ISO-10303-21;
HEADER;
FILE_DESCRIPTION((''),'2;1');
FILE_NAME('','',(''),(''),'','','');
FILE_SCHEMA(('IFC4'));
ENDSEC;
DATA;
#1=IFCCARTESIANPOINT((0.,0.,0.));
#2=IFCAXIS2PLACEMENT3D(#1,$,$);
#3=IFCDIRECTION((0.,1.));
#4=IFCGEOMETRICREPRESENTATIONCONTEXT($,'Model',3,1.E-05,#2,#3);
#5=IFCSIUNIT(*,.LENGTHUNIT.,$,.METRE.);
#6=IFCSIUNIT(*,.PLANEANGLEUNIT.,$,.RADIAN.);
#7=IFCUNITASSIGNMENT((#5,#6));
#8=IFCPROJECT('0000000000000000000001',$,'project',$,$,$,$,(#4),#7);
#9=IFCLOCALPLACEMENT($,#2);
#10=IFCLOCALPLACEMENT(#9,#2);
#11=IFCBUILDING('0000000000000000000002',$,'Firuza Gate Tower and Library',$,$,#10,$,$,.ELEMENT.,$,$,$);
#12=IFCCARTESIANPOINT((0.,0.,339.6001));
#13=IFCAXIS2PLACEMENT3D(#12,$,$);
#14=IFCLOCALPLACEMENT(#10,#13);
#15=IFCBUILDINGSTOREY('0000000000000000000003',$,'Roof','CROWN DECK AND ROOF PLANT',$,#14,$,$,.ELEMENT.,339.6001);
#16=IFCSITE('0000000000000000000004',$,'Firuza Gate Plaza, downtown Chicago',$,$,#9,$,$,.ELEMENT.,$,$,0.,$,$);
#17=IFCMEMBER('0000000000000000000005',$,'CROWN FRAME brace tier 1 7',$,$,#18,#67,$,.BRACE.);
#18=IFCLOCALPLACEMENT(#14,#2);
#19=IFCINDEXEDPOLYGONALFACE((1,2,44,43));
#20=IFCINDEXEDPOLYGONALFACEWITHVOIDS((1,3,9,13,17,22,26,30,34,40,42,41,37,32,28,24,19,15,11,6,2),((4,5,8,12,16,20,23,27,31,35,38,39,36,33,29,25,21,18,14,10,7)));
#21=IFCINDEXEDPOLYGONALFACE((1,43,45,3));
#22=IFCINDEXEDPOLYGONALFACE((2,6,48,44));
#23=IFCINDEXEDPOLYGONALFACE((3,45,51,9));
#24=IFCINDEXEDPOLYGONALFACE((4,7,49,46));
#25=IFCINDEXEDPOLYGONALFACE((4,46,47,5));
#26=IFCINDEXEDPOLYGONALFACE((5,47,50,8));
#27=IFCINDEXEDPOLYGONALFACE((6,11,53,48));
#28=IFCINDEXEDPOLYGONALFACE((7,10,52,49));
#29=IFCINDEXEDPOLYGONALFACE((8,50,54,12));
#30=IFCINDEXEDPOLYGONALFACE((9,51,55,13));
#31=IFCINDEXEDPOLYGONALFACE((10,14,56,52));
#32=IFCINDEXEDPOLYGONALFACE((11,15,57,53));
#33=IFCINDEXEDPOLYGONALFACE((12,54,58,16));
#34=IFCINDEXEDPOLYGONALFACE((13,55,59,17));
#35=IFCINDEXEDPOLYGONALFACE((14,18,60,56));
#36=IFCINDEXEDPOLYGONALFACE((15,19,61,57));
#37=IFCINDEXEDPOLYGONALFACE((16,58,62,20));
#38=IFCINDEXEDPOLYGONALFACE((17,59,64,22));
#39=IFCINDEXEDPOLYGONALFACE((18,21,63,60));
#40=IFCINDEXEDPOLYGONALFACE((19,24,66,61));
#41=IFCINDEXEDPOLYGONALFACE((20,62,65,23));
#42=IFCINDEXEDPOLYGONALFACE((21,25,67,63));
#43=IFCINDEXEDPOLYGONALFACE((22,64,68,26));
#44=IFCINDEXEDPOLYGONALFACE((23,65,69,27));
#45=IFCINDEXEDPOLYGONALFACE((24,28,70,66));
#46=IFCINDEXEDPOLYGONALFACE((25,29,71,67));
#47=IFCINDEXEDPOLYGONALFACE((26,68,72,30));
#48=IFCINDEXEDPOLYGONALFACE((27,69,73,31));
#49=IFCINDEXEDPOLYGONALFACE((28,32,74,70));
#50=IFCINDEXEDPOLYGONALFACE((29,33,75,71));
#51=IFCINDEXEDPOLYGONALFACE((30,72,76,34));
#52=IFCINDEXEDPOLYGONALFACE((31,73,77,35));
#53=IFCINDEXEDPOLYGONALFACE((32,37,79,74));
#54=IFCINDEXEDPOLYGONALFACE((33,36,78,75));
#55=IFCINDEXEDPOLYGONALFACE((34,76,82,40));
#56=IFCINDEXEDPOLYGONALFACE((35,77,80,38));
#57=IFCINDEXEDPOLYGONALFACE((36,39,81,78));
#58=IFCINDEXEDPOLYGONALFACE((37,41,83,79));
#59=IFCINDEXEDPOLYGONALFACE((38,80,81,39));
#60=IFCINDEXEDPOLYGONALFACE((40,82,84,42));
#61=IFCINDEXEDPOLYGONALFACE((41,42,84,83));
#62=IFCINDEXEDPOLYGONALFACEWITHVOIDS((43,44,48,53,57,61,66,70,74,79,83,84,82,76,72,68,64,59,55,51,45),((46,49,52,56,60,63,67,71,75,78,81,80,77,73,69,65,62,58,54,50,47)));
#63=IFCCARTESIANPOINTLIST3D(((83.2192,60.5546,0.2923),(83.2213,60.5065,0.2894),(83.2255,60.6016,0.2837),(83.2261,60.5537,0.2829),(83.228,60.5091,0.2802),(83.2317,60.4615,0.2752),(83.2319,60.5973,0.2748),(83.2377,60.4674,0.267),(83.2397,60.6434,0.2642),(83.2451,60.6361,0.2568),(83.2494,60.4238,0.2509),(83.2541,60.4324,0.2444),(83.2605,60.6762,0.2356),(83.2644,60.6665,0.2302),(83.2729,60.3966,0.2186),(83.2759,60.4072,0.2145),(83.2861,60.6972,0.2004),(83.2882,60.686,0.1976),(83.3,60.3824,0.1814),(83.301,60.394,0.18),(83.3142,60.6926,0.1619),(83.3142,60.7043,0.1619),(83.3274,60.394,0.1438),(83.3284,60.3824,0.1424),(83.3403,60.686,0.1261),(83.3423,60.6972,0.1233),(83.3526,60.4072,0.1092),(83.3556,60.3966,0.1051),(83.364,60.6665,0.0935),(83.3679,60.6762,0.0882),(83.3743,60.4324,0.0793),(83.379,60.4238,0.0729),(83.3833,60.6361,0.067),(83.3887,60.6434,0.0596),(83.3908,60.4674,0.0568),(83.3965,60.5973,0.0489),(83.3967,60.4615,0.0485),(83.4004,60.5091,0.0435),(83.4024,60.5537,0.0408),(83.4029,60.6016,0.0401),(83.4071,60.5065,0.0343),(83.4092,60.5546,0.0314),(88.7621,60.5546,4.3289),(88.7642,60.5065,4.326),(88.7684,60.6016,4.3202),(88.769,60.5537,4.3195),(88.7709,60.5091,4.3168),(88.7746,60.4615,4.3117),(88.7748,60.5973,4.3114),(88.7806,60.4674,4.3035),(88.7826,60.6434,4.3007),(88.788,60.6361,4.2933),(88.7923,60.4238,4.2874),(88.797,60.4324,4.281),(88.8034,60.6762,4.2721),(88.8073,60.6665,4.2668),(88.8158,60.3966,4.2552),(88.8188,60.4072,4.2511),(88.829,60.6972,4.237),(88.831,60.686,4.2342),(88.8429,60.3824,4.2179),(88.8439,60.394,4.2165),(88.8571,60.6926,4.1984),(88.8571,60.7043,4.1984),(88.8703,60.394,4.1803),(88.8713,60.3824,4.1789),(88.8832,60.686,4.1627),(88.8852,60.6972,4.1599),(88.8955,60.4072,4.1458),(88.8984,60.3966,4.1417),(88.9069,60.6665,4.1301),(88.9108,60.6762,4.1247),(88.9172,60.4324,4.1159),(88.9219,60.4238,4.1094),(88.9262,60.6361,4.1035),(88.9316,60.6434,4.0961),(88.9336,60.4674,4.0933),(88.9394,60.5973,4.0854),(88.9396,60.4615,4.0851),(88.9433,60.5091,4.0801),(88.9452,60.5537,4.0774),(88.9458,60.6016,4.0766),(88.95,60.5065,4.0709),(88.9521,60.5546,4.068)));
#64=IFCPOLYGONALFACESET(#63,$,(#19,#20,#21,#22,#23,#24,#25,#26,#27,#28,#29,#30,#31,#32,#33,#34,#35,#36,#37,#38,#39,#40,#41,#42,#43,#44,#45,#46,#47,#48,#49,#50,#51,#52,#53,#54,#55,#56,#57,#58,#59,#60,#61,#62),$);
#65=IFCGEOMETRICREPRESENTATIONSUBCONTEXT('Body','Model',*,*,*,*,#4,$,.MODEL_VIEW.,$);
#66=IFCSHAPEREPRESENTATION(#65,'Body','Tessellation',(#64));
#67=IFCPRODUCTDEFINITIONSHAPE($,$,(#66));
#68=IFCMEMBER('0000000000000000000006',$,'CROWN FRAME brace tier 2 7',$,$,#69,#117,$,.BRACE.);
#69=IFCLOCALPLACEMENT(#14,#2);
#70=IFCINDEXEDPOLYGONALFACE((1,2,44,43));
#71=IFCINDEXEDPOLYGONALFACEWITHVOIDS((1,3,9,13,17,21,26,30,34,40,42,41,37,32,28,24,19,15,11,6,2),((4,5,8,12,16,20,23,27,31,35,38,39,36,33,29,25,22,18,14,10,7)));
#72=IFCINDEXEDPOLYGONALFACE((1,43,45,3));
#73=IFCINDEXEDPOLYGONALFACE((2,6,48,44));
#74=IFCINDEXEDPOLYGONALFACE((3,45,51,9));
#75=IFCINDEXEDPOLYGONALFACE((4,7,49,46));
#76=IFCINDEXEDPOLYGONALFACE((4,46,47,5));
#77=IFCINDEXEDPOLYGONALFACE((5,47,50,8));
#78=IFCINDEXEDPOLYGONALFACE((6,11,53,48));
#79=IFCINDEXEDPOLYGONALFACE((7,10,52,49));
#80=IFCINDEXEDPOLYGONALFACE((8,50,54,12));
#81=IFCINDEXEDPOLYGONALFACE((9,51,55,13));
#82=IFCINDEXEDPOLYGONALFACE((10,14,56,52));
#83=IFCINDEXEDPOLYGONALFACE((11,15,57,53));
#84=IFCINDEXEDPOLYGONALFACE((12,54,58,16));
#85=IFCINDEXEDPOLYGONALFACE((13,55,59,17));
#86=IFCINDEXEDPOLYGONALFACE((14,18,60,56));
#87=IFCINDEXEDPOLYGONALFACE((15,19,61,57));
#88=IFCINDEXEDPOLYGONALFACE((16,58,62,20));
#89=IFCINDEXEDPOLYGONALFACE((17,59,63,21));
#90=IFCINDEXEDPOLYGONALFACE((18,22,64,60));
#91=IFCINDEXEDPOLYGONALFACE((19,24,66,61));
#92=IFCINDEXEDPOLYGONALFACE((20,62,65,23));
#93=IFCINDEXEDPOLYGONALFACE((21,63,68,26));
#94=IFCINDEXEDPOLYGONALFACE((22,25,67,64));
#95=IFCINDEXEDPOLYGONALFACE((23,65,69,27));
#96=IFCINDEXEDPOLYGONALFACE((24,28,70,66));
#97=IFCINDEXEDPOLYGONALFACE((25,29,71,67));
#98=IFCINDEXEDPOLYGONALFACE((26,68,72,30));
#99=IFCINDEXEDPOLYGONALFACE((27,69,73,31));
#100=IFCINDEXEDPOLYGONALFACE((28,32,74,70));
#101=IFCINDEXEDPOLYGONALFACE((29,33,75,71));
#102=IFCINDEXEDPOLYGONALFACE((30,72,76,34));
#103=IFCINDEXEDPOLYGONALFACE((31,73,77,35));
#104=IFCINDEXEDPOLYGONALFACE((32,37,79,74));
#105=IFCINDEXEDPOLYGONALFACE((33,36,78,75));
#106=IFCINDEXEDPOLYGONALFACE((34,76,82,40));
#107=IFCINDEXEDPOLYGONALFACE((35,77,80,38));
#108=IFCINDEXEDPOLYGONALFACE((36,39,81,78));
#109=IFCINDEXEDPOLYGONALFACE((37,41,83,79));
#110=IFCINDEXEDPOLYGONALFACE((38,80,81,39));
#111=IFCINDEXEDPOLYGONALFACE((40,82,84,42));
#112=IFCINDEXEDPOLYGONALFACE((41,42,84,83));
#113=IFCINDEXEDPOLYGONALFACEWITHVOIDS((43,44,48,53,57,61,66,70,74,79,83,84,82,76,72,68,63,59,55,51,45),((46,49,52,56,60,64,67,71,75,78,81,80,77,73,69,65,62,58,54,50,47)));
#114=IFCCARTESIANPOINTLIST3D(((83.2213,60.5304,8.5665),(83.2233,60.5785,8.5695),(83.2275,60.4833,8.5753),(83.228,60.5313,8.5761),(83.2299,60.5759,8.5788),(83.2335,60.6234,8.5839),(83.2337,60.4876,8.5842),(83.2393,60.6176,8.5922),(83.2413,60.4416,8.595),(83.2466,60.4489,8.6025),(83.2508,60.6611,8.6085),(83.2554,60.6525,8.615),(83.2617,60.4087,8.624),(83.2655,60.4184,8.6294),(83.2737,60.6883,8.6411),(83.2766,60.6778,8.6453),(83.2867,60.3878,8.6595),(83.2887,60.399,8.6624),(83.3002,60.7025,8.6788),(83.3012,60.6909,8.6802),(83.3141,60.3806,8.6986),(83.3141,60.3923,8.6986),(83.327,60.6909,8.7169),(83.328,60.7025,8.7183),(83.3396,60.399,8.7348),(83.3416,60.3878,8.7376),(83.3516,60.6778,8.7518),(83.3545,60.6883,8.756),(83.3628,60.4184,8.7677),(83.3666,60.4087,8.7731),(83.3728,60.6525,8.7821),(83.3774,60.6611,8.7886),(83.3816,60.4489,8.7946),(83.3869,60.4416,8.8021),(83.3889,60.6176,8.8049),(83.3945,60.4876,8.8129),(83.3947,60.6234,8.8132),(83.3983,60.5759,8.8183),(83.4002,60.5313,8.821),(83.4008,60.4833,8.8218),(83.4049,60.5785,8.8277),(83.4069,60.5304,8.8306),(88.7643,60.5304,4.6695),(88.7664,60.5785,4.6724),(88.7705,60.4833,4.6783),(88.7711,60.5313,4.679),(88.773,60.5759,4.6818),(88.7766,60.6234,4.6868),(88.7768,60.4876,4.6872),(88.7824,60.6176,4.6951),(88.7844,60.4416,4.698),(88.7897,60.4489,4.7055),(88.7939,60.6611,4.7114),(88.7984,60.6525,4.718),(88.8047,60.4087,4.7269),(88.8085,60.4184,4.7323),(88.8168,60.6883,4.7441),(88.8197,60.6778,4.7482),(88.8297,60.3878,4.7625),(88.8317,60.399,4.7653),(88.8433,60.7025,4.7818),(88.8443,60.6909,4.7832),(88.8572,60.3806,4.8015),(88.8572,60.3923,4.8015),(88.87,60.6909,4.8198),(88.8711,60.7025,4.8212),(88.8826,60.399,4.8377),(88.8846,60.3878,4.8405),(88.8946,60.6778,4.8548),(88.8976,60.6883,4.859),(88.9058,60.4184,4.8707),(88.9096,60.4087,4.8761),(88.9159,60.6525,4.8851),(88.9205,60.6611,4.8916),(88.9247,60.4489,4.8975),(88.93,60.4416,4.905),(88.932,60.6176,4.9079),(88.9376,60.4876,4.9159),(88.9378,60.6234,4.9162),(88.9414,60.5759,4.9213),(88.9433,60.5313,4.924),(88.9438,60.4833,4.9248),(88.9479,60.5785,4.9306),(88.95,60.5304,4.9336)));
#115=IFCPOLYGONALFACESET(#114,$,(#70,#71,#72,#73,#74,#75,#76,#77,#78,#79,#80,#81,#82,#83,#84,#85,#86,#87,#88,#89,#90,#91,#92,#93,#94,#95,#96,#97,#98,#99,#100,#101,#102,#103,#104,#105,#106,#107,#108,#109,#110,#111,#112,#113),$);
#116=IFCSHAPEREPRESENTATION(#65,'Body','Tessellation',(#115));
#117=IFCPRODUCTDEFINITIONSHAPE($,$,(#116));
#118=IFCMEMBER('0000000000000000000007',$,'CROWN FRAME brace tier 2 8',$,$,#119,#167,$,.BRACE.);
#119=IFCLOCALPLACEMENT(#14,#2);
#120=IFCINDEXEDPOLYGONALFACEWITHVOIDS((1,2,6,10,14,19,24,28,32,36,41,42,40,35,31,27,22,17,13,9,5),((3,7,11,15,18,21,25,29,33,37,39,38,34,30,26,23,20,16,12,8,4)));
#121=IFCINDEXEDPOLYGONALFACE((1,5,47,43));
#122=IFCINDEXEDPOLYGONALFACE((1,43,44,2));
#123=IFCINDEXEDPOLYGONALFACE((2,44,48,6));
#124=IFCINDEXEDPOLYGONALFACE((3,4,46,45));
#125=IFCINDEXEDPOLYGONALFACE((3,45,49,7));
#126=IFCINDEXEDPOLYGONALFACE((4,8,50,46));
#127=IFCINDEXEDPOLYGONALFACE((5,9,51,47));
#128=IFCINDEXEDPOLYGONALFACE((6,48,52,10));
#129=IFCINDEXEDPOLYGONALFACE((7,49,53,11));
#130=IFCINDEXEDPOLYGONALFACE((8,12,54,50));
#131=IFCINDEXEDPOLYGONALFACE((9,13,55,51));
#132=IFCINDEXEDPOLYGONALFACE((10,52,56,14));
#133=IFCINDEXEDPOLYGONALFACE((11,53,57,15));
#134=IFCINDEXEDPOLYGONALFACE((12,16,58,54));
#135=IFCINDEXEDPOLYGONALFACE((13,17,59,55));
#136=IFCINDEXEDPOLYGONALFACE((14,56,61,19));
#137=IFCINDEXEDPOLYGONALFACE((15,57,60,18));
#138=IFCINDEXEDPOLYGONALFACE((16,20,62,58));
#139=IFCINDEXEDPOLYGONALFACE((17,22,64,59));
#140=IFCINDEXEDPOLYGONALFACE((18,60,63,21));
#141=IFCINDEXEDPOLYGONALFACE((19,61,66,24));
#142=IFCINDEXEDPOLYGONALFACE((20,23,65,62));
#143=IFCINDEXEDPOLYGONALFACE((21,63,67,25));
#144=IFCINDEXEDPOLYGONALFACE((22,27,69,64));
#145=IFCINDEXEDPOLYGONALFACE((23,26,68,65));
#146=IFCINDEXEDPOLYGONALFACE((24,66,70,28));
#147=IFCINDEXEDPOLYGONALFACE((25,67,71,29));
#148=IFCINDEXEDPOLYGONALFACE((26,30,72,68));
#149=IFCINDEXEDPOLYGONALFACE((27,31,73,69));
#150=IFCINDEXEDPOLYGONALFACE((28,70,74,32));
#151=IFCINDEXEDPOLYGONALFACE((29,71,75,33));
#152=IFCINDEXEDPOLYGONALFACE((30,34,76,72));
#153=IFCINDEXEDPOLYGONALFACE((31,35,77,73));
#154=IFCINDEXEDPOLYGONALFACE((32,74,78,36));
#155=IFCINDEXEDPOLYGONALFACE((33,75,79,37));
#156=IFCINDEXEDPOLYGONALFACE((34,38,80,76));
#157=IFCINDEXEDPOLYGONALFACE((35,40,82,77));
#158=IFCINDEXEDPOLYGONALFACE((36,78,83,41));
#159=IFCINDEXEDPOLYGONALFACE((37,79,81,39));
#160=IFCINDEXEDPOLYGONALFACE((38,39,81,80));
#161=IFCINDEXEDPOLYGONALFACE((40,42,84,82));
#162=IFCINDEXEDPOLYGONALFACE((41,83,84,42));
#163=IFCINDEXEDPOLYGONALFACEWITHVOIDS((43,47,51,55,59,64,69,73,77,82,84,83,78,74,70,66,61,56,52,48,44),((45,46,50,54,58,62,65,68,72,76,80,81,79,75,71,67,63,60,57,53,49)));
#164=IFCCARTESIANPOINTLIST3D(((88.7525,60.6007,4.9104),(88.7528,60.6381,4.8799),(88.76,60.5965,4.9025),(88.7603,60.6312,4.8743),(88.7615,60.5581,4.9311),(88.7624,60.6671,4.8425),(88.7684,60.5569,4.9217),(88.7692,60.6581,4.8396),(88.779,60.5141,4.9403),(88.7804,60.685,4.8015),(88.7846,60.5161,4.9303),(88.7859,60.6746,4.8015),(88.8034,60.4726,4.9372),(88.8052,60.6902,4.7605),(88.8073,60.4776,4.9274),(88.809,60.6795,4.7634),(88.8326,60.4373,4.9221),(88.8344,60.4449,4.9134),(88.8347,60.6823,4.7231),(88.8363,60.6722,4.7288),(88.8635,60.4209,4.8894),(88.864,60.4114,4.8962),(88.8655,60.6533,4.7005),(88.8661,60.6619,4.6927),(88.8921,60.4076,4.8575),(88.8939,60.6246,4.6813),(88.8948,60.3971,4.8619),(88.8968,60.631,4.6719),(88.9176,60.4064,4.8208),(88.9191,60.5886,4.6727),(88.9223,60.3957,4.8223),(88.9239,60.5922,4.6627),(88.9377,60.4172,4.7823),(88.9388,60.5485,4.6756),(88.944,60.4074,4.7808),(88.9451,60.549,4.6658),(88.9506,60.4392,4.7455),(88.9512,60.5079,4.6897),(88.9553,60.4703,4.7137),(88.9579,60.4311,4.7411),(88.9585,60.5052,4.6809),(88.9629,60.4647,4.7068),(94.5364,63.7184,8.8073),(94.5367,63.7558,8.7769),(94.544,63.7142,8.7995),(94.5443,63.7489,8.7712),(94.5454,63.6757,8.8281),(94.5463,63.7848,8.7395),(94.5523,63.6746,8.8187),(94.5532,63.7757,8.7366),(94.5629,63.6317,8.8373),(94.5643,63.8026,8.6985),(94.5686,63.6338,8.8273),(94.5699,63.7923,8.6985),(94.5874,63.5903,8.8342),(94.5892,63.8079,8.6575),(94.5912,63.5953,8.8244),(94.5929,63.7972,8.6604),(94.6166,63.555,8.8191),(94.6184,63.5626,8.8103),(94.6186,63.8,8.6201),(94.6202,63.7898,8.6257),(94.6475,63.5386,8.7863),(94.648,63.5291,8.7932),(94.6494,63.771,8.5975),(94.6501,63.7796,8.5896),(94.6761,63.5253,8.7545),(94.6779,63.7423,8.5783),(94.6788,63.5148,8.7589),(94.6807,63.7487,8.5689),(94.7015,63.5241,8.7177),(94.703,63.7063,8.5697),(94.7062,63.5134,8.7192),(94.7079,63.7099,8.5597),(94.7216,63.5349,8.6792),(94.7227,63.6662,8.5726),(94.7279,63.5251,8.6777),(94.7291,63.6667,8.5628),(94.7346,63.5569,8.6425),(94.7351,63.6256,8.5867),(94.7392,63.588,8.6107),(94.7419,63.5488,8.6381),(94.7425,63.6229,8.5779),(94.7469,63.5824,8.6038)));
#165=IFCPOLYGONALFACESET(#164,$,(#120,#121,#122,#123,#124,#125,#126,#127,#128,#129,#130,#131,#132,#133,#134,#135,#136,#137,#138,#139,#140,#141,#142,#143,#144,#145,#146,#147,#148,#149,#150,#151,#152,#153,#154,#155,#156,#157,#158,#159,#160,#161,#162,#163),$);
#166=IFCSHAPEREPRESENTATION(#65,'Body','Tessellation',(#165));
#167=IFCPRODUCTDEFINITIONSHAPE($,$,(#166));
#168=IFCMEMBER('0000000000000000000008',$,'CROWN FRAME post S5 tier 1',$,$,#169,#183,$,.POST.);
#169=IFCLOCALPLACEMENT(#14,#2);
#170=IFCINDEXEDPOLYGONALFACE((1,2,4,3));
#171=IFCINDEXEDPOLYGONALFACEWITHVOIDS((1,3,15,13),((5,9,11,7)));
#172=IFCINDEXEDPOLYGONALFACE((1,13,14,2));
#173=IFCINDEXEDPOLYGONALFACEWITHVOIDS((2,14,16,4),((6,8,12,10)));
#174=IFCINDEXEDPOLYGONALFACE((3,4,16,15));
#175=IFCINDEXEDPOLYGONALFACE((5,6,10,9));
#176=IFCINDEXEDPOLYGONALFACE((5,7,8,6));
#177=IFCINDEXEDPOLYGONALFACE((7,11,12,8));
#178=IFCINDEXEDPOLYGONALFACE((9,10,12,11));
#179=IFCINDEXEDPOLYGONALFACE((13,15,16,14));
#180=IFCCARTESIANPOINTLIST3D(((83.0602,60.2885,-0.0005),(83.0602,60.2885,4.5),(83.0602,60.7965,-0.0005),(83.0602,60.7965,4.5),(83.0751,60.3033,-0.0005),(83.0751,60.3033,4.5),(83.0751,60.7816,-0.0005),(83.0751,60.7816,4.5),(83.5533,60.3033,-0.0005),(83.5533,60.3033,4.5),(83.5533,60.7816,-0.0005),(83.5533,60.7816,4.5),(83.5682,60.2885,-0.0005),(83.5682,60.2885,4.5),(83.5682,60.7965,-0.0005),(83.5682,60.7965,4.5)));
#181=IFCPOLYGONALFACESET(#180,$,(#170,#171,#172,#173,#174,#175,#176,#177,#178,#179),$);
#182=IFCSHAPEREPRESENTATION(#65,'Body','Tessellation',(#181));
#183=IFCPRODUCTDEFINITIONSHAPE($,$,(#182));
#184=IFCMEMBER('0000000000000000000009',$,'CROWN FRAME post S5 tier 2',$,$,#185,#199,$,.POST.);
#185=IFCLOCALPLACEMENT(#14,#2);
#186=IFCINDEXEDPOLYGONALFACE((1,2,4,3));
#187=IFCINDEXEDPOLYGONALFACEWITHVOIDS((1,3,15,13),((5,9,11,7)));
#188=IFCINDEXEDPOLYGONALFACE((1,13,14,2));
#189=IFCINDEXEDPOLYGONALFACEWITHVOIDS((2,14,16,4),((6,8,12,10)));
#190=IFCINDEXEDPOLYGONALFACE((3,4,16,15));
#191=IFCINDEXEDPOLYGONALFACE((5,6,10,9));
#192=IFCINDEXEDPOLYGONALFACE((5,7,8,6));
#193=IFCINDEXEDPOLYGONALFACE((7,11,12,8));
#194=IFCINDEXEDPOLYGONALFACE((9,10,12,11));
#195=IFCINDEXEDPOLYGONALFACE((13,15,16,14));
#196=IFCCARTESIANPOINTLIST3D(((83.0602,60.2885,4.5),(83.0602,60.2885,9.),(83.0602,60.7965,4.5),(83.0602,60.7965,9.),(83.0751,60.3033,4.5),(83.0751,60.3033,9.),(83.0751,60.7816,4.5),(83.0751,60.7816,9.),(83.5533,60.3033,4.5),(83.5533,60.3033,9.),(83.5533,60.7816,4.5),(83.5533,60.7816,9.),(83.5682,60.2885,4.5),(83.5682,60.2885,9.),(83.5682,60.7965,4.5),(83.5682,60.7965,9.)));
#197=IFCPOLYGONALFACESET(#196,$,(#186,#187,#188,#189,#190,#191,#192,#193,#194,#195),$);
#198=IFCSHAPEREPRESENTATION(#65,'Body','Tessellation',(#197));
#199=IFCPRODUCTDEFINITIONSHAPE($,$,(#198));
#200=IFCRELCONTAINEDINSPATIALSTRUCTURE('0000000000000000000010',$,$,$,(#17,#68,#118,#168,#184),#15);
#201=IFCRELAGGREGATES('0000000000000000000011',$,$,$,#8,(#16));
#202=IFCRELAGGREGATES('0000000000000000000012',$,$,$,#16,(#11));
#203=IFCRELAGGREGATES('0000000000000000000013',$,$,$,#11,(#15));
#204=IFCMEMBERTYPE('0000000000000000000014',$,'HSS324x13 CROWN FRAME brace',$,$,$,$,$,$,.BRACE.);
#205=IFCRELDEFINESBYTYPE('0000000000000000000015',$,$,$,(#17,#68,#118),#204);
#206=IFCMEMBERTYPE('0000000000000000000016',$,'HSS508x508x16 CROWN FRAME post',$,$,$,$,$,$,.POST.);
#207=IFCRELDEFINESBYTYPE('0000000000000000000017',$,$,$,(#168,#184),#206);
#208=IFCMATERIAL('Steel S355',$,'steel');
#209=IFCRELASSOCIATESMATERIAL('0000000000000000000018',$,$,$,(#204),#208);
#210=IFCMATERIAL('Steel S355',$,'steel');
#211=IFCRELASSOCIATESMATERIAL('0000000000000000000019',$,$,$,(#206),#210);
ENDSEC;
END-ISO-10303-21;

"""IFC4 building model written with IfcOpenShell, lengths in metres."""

from ifc_helpers import new_model, si_unit, direction, frame, origin, origin_2d, place, context, subcontext, project, spatial, hollow_rectangle, hollow_circle, extrude, material, material_profile, profile_set, type_object, element, save


model = new_model("IFC4")

# Units and contexts
model_context = context("Model", 3, precision=1e-05, world=origin(), true_north=direction((0.0, 1.0)))
body_context = subcontext(model_context, "Body", "Model", "MODEL_VIEW")
ifc_project = project(units=[si_unit("LENGTHUNIT", "METRE"), si_unit("PLANEANGLEUNIT", "RADIAN")], contexts=[model_context])

# Site, building, storey
site_placement = place(None, origin())
site = spatial("IfcSite", under=ifc_project, at=site_placement, Name="Firuza Gate Plaza, downtown Chicago", CompositionType="ELEMENT", RefElevation=0.0)
building_placement = place(site_placement, origin())
building = spatial("IfcBuilding", under=site, at=building_placement, Name="Firuza Gate Tower and Library", CompositionType="ELEMENT")
storey_placement = place(building_placement, frame((0.0, 0.0, 339.6001)))
storey = spatial("IfcBuildingStorey", under=building, at=storey_placement, Name="Roof", Description="CROWN DECK AND ROOF PLANT", CompositionType="ELEMENT", Elevation=339.6001)

# Members
ifc_material_1 = material(Name="Steel S355", Category="steel")
ifc_material_profile_1 = material_profile(ifc_material_1, hollow_circle(Radius=0.1619, WallThickness=0.0117, at=origin_2d()))
ifc_profile_set_1 = profile_set([ifc_material_profile_1], Name="Steel S355")
member_type_1 = type_object("IfcMemberType", Name="HSS324x13 CROWN FRAME brace", PredefinedType="BRACE", material=ifc_profile_set_1)
for number, where, z_axis, x_axis, name in (
    (1, (83.3142, 60.5425, 0.1619), (0.808363, 0.0, 0.588684), (0.0, 1.0, 0.0), "CROWN FRAME brace tier 1 7"),
):
    element("IfcMember", number, at=place(storey_placement, frame(where, z_axis=z_axis, x_axis=x_axis)), inside=storey, type_object=member_type_1, Name=name, PredefinedType="BRACE", context=body_context, shape_type="SweptSolid", body=[
        extrude(hollow_circle(Radius=0.1619, WallThickness=0.0117, at=origin_2d()), origin(), (0.0, 0.0, 1.0), 6.8569),
    ])
member_1_placement = place(storey_placement, frame((88.8572, 60.5425, 4.8015), z_axis=(-0.818059, 0.0, 0.575135), x_axis=(0.0, -1.0, 0.0)))
element("IfcMember", 2, at=member_1_placement, inside=storey, type_object=member_type_1, Name="CROWN FRAME brace tier 2 7", PredefinedType="BRACE", context=body_context, shape_type="SweptSolid", body=[
    extrude(hollow_circle(Radius=0.1619, WallThickness=0.0117, at=origin_2d()), origin(), (0.0, 0.0, 1.0), 6.7759),
])
member_2_placement = place(storey_placement, frame((88.8572, 60.5425, 4.8015), z_axis=(0.757121, 0.408106, 0.510116), x_axis=(-0.474483, 0.880265, 0.0)))
element("IfcMember", 3, at=member_2_placement, inside=storey, type_object=member_type_1, Name="CROWN FRAME brace tier 2 8", PredefinedType="BRACE", context=body_context, shape_type="SweptSolid", body=[
    extrude(hollow_circle(Radius=0.1619, WallThickness=0.0117, at=origin_2d()), origin(), (0.0, 0.0, 1.0), 7.6394),
])
ifc_material_2 = material(Name="Steel S355", Category="steel")
ifc_material_profile_2 = material_profile(ifc_material_2, hollow_rectangle(XDim=0.5081, YDim=0.5081, WallThickness=0.0149, at=origin_2d()))
ifc_profile_set_2 = profile_set([ifc_material_profile_2], Name="Steel S355")
member_type_2 = type_object("IfcMemberType", Name="HSS508x508x16 CROWN FRAME post", PredefinedType="POST", material=ifc_profile_set_2)
member_3_placement = place(storey_placement, frame((83.3142, 60.5425, -0.0005), z_axis=(0.0, 0.0, 1.0), x_axis=(1.0, 0.0, 0.0)))
element("IfcMember", 4, at=member_3_placement, inside=storey, type_object=member_type_2, Name="CROWN FRAME post S5 tier 1", PredefinedType="POST", context=body_context, shape_type="SweptSolid", body=[
    extrude(hollow_rectangle(XDim=0.5081, YDim=0.5081, WallThickness=0.0149, at=origin_2d()), origin(), (0.0, 0.0, 1.0), 4.5005),
])
member_4_placement = place(storey_placement, frame((83.3142, 60.5425, 4.5), z_axis=(0.0, 0.0, 1.0), x_axis=(1.0, 0.0, 0.0)))
element("IfcMember", 5, at=member_4_placement, inside=storey, type_object=member_type_2, Name="CROWN FRAME post S5 tier 2", PredefinedType="POST", context=body_context, shape_type="SweptSolid", body=[
    extrude(hollow_rectangle(XDim=0.5081, YDim=0.5081, WallThickness=0.0149, at=origin_2d()), origin(), (0.0, 0.0, 1.0), 4.5),
])

save(model, "model.ifc")
